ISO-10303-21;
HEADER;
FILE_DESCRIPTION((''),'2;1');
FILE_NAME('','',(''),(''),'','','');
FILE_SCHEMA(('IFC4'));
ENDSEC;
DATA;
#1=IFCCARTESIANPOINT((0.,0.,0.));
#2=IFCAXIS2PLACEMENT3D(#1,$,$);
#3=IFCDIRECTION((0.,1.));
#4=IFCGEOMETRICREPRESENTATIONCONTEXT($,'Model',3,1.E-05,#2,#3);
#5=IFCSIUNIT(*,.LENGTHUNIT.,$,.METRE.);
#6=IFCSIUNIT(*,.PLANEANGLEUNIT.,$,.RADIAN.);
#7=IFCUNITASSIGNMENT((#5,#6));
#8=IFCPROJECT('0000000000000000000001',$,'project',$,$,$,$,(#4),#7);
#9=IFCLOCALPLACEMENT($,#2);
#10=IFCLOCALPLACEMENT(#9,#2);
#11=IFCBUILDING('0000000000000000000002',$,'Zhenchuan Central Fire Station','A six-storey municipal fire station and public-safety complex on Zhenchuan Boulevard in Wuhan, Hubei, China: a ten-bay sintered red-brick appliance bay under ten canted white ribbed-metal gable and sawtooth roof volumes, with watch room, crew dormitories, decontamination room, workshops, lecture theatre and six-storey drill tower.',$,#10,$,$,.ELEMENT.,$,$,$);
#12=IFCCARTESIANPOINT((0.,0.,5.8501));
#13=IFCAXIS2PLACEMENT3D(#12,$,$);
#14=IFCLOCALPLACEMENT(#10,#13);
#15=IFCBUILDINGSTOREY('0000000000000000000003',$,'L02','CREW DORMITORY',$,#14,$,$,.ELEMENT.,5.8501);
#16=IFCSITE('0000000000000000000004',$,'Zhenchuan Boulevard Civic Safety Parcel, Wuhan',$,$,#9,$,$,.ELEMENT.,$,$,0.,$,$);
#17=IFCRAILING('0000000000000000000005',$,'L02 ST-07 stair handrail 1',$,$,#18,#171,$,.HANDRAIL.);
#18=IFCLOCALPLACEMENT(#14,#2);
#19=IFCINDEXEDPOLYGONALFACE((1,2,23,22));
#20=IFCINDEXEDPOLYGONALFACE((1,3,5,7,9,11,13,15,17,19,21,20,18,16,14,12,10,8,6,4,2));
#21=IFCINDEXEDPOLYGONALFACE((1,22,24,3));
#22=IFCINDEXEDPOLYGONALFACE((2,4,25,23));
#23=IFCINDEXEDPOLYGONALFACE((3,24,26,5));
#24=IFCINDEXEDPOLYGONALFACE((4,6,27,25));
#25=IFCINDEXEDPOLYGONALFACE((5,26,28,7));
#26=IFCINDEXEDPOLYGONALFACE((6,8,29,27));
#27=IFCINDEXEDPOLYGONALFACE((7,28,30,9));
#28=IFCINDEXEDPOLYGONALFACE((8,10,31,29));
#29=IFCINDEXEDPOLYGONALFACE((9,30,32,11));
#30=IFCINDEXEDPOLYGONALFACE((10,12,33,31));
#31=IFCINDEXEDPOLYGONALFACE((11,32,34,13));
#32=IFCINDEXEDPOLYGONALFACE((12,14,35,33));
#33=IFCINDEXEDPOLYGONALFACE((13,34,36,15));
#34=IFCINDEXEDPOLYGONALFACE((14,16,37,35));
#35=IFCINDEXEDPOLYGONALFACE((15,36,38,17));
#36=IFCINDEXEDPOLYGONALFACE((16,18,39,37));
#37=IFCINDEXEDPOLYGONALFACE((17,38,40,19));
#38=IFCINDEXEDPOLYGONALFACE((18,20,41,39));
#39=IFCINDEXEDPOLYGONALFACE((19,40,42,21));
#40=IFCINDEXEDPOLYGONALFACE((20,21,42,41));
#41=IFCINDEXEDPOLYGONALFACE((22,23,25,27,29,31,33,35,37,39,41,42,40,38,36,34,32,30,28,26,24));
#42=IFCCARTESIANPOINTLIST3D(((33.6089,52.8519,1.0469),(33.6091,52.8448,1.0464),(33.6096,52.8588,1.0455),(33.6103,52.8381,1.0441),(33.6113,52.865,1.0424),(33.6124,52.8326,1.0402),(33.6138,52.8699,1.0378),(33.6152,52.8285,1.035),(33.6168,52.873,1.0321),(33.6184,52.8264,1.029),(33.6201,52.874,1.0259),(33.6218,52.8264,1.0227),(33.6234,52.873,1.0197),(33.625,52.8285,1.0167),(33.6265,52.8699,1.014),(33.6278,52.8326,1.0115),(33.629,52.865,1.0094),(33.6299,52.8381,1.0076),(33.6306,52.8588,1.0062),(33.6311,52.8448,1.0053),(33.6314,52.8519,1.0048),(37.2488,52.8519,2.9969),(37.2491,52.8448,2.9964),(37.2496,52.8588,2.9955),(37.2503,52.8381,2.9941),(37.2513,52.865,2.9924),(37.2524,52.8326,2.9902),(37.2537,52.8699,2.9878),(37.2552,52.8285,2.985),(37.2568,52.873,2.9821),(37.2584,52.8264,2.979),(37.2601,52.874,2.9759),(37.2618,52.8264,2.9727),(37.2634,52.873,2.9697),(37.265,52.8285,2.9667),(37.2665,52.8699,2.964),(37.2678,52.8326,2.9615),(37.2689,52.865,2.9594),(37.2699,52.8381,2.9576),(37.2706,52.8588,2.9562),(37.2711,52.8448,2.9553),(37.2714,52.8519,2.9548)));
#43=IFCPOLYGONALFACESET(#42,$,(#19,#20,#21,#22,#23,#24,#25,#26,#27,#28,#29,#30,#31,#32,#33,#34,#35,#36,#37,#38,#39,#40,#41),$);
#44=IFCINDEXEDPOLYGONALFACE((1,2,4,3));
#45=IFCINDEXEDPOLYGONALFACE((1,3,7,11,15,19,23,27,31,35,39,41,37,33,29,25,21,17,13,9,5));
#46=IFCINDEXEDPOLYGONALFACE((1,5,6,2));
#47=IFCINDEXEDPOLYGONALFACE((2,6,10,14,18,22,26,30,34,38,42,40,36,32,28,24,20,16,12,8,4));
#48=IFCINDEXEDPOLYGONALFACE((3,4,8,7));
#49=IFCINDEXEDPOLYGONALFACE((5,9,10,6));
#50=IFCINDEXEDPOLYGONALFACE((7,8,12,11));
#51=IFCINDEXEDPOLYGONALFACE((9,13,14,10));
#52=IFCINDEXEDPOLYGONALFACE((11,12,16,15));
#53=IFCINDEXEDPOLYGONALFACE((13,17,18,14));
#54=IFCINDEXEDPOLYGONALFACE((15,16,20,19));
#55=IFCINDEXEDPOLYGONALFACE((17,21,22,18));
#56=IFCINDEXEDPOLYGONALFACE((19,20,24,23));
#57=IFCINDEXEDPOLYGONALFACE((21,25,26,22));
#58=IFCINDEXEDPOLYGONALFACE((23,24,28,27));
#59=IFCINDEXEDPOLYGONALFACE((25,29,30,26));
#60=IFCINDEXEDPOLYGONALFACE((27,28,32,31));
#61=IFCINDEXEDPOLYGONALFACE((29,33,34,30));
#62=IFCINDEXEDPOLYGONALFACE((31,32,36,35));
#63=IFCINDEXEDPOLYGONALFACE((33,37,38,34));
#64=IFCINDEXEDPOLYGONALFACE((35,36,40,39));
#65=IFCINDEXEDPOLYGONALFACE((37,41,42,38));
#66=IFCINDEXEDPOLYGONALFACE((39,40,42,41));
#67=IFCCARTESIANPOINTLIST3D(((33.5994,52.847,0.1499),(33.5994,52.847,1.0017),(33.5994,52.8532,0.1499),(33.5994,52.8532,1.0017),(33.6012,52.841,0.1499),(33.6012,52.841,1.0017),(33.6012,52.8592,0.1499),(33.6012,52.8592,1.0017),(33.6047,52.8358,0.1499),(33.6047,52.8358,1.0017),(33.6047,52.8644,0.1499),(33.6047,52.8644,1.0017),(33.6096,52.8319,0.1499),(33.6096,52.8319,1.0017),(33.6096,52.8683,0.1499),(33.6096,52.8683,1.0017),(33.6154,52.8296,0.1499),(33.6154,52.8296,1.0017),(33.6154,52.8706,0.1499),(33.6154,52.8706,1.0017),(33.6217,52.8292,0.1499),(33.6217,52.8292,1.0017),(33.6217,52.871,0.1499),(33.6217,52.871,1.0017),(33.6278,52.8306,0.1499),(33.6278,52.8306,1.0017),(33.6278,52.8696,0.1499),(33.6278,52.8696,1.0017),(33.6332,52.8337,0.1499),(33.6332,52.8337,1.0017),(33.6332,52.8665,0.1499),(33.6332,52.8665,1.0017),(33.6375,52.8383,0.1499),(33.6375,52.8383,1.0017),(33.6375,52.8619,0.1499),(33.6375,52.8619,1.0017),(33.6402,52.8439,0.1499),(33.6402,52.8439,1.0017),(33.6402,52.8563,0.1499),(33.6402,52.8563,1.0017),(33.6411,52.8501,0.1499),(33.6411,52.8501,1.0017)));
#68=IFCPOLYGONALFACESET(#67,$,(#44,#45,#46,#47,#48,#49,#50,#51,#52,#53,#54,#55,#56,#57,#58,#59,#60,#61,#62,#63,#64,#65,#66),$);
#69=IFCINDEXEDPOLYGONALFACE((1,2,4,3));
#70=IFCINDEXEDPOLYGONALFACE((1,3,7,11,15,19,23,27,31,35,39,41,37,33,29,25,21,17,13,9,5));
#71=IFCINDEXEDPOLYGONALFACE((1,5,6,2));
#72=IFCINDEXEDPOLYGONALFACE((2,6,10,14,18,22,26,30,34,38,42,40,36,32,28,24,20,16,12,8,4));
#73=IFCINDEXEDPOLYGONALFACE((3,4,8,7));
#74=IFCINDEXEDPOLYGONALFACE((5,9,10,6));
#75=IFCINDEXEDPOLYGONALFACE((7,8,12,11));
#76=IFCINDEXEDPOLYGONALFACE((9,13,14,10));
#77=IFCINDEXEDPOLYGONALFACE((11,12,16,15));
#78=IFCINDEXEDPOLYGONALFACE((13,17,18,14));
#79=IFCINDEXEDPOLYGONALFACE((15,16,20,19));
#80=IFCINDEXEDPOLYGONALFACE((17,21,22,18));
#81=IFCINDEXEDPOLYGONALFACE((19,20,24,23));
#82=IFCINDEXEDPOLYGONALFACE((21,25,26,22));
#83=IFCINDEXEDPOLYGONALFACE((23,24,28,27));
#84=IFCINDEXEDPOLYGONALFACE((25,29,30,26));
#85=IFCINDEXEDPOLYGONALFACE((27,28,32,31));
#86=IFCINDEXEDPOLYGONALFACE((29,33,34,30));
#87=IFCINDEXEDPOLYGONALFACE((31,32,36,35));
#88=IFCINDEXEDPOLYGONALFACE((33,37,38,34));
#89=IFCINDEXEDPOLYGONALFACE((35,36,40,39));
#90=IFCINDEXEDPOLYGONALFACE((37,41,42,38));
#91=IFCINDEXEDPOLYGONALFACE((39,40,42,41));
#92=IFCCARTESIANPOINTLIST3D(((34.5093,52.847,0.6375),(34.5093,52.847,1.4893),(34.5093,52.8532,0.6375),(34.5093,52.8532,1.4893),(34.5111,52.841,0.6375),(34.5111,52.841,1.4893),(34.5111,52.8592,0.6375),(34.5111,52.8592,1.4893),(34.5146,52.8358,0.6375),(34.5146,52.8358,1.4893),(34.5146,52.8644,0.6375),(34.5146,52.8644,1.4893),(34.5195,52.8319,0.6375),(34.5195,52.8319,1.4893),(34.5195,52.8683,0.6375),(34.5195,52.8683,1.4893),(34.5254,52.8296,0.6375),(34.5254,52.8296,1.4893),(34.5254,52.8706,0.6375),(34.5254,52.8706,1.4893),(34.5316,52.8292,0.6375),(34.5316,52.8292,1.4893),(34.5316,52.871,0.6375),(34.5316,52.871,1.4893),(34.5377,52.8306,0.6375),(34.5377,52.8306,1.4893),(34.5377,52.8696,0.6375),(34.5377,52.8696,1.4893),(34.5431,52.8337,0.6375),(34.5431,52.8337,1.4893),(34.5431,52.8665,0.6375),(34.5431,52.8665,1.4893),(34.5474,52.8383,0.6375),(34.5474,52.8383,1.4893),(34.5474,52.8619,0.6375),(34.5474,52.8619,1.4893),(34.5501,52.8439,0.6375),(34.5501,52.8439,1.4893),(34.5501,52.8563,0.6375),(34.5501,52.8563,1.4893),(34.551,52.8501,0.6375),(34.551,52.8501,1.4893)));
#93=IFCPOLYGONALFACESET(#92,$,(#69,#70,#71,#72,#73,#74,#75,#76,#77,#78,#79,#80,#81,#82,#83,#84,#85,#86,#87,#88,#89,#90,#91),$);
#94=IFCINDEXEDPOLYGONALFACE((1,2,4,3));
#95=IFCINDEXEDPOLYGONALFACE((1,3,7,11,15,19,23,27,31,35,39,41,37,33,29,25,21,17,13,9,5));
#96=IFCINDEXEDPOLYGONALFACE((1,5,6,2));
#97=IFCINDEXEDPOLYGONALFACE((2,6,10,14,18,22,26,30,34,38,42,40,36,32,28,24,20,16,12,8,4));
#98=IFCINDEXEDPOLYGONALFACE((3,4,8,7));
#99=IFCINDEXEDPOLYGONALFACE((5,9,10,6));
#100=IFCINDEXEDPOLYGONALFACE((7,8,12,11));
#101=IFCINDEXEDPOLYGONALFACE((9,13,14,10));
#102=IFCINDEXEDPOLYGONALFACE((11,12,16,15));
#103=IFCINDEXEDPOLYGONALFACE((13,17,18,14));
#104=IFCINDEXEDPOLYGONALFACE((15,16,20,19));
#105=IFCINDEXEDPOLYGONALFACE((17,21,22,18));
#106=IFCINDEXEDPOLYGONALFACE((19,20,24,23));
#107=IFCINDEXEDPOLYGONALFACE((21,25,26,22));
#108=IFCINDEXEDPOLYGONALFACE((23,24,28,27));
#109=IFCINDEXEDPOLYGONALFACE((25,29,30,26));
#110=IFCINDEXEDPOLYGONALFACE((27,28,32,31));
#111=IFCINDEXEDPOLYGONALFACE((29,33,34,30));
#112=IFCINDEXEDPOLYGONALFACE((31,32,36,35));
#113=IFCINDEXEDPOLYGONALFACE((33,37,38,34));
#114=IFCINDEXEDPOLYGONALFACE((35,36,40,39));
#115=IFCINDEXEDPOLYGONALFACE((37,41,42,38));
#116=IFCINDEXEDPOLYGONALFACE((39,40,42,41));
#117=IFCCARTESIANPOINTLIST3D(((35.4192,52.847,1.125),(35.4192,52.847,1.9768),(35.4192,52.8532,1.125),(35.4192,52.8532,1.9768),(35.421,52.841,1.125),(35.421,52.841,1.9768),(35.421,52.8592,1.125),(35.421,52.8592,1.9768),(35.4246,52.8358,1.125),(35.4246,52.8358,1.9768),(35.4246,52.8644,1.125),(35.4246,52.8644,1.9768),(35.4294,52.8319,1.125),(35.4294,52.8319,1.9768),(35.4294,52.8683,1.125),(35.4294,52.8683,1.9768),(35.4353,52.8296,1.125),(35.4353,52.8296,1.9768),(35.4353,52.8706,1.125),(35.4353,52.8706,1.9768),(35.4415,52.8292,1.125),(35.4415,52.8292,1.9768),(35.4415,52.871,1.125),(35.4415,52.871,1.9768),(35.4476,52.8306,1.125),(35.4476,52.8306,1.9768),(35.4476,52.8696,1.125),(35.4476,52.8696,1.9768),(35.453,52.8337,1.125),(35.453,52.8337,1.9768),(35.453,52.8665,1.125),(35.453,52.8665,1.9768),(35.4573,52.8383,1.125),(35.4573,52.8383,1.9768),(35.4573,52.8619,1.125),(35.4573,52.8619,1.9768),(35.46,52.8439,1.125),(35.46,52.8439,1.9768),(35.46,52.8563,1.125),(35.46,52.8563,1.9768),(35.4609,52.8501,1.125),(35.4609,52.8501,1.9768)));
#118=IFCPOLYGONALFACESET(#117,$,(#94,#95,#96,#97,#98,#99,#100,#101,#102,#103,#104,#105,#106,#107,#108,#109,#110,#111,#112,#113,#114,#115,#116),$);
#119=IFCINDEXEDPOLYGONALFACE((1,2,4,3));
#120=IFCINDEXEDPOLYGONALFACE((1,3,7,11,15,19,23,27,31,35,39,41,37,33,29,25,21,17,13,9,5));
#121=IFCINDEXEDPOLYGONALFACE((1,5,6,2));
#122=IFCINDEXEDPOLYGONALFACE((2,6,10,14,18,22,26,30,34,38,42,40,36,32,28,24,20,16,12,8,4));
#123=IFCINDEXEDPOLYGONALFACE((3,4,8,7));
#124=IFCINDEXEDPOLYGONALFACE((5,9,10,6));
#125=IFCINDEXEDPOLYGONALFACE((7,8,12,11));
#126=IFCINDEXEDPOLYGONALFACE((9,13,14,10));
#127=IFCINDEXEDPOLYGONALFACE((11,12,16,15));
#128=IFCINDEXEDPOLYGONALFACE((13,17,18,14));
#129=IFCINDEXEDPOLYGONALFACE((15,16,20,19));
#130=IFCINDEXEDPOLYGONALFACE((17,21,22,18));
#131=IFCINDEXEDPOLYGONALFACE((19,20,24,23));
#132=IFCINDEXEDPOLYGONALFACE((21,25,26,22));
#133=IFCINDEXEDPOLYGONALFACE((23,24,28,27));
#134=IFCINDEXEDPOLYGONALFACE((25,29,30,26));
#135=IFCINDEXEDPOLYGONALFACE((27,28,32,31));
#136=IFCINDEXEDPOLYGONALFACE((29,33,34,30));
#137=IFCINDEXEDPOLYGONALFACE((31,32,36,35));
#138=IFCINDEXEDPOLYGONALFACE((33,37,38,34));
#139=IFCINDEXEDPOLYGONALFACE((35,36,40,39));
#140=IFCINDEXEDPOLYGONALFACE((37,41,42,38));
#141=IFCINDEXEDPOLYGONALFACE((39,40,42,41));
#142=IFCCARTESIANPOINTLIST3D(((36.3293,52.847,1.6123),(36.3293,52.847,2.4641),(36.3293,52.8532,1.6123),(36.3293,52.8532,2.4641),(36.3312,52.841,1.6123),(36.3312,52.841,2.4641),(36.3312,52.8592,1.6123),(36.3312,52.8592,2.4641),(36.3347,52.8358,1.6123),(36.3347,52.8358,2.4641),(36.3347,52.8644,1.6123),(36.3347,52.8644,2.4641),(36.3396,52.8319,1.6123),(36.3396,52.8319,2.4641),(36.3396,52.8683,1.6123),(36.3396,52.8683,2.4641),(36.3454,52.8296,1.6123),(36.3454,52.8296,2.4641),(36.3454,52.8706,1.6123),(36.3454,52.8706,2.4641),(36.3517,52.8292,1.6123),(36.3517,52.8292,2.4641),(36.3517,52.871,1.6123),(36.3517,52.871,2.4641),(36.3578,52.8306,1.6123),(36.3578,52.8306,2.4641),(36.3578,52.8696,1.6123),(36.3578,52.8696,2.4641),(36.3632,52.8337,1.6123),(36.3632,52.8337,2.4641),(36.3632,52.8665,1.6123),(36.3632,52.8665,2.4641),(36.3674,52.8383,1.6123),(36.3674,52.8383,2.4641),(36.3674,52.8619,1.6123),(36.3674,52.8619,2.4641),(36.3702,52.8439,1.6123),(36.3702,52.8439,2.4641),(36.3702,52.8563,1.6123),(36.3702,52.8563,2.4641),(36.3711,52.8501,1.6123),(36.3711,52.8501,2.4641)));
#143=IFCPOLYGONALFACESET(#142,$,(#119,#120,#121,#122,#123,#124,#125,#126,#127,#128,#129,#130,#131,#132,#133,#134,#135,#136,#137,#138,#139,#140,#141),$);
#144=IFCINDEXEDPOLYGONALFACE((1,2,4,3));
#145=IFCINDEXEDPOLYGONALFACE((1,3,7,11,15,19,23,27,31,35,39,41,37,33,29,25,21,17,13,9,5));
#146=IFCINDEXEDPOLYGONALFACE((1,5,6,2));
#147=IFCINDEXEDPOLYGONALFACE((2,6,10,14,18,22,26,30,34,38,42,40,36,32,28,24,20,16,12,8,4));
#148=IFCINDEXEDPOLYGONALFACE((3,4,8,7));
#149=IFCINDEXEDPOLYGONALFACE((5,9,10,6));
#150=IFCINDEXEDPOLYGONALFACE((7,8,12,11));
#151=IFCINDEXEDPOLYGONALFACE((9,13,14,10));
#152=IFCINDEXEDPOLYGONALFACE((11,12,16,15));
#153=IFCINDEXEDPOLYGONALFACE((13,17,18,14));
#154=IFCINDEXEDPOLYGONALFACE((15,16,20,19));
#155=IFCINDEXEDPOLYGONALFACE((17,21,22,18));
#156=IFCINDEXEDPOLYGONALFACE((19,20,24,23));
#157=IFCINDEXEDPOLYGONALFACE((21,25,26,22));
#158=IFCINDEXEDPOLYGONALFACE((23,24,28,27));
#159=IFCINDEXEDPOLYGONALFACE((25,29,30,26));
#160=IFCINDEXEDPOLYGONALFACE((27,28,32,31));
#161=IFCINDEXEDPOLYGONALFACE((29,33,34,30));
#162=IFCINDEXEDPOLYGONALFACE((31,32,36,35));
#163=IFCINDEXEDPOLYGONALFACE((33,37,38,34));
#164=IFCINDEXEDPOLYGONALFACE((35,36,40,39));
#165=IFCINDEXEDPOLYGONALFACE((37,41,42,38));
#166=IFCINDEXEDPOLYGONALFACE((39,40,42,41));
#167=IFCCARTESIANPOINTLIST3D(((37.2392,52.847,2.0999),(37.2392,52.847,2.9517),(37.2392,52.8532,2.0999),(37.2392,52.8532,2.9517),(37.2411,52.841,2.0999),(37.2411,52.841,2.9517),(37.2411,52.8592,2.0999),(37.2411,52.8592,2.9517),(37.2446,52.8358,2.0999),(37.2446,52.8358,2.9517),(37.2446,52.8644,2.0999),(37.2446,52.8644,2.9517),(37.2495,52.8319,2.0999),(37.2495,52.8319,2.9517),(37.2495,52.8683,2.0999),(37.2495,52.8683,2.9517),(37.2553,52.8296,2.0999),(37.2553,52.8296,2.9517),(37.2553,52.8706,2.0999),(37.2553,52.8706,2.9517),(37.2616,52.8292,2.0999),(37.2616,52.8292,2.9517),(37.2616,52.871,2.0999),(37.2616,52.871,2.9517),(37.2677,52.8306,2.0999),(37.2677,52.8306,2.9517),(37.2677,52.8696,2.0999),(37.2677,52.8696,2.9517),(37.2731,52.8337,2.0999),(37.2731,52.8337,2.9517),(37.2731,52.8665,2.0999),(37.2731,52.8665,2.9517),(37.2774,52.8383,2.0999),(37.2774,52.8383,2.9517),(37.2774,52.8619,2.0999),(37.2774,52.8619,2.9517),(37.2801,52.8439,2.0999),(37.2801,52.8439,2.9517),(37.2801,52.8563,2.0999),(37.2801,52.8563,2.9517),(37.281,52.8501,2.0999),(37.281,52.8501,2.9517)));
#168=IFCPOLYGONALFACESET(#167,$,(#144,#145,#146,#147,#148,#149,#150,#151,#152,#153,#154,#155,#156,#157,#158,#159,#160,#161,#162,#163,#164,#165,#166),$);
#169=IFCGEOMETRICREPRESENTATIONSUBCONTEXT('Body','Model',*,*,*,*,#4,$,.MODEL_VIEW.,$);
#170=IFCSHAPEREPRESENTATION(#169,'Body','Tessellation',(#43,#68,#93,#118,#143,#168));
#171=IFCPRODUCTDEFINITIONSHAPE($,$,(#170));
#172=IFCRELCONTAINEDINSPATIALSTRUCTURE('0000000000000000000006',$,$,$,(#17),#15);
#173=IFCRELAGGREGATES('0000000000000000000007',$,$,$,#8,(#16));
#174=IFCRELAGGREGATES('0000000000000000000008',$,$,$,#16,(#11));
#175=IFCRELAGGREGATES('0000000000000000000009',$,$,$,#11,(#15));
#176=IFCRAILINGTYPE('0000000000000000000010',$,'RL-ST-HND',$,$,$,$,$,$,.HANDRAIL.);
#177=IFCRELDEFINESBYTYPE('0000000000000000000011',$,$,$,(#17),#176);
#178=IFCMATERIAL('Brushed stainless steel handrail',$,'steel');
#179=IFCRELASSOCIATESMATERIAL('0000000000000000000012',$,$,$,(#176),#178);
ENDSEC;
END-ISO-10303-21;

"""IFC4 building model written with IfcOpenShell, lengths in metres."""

from ifc_helpers import new_model, si_unit, direction, frame, origin, origin_2d, place, context, subcontext, project, spatial, circle, extrude, material, type_object, element, save


model = new_model("IFC4")

# Units and contexts
model_context = context("Model", 3, precision=1e-05, world=origin(), true_north=direction((0.0, 1.0)))
body_context = subcontext(model_context, "Body", "Model", "MODEL_VIEW")
ifc_project = project(units=[si_unit("LENGTHUNIT", "METRE"), si_unit("PLANEANGLEUNIT", "RADIAN")], contexts=[model_context])

# Site, building, storey
site_placement = place(None, origin())
site = spatial("IfcSite", under=ifc_project, at=site_placement, Name="Zhenchuan Boulevard Civic Safety Parcel, Wuhan", CompositionType="ELEMENT", RefElevation=0.0)
building_placement = place(site_placement, origin())
building = spatial("IfcBuilding", under=site, at=building_placement, Name="Zhenchuan Central Fire Station", Description="A six-storey municipal fire station and public-safety complex on Zhenchuan Boulevard in Wuhan, Hubei, China: a ten-bay sintered red-brick appliance bay under ten canted white ribbed-metal gable and sawtooth roof volumes, with watch room, crew dormitories, decontamination room, workshops, lecture theatre and six-storey drill tower.", CompositionType="ELEMENT")
storey_placement = place(building_placement, frame((0.0, 0.0, 5.8501)))
storey = spatial("IfcBuildingStorey", under=building, at=storey_placement, Name="L02", Description="CREW DORMITORY", CompositionType="ELEMENT", Elevation=5.8501)

# Railing
ifc_material_1 = material(Name="Brushed stainless steel handrail", Category="steel")
railing_type_1 = type_object("IfcRailingType", Name="RL-ST-HND", PredefinedType="HANDRAIL", material=ifc_material_1)
railing_1_placement = place(storey_placement, frame((33.6201, 52.8501, 0.1499)))
element("IfcRailing", 1, at=railing_1_placement, inside=storey, type_object=railing_type_1, Name="L02 ST-07 stair handrail 1", PredefinedType="HANDRAIL", context=body_context, shape_type="SweptSolid", body=[
    extrude(circle(Radius=0.0239, at=origin_2d()), frame((0.0, 0.0, 0.876), z_axis=(0.881479, 0.0, 0.472223), x_axis=(0.0, 1.0, 0.0)), (0.0, 0.0, 1.0), 4.1294),
    extrude(circle(Radius=0.021, at=origin_2d()), origin(), (0.0, 0.0, 1.0), 0.8518),
    extrude(circle(Radius=0.021, at=origin_2d()), frame((0.9099, 0.0, 0.4875)), (0.0, 0.0, 1.0), 0.8518),
    extrude(circle(Radius=0.021, at=origin_2d()), frame((1.8198, 0.0, 0.9751)), (0.0, 0.0, 1.0), 0.8518),
    extrude(circle(Radius=0.021, at=origin_2d()), frame((2.73, 0.0, 1.4624)), (0.0, 0.0, 1.0), 0.8518),
    extrude(circle(Radius=0.021, at=origin_2d()), frame((3.6399, 0.0, 1.95)), (0.0, 0.0, 1.0), 0.8518),
])

save(model, "model.ifc")
